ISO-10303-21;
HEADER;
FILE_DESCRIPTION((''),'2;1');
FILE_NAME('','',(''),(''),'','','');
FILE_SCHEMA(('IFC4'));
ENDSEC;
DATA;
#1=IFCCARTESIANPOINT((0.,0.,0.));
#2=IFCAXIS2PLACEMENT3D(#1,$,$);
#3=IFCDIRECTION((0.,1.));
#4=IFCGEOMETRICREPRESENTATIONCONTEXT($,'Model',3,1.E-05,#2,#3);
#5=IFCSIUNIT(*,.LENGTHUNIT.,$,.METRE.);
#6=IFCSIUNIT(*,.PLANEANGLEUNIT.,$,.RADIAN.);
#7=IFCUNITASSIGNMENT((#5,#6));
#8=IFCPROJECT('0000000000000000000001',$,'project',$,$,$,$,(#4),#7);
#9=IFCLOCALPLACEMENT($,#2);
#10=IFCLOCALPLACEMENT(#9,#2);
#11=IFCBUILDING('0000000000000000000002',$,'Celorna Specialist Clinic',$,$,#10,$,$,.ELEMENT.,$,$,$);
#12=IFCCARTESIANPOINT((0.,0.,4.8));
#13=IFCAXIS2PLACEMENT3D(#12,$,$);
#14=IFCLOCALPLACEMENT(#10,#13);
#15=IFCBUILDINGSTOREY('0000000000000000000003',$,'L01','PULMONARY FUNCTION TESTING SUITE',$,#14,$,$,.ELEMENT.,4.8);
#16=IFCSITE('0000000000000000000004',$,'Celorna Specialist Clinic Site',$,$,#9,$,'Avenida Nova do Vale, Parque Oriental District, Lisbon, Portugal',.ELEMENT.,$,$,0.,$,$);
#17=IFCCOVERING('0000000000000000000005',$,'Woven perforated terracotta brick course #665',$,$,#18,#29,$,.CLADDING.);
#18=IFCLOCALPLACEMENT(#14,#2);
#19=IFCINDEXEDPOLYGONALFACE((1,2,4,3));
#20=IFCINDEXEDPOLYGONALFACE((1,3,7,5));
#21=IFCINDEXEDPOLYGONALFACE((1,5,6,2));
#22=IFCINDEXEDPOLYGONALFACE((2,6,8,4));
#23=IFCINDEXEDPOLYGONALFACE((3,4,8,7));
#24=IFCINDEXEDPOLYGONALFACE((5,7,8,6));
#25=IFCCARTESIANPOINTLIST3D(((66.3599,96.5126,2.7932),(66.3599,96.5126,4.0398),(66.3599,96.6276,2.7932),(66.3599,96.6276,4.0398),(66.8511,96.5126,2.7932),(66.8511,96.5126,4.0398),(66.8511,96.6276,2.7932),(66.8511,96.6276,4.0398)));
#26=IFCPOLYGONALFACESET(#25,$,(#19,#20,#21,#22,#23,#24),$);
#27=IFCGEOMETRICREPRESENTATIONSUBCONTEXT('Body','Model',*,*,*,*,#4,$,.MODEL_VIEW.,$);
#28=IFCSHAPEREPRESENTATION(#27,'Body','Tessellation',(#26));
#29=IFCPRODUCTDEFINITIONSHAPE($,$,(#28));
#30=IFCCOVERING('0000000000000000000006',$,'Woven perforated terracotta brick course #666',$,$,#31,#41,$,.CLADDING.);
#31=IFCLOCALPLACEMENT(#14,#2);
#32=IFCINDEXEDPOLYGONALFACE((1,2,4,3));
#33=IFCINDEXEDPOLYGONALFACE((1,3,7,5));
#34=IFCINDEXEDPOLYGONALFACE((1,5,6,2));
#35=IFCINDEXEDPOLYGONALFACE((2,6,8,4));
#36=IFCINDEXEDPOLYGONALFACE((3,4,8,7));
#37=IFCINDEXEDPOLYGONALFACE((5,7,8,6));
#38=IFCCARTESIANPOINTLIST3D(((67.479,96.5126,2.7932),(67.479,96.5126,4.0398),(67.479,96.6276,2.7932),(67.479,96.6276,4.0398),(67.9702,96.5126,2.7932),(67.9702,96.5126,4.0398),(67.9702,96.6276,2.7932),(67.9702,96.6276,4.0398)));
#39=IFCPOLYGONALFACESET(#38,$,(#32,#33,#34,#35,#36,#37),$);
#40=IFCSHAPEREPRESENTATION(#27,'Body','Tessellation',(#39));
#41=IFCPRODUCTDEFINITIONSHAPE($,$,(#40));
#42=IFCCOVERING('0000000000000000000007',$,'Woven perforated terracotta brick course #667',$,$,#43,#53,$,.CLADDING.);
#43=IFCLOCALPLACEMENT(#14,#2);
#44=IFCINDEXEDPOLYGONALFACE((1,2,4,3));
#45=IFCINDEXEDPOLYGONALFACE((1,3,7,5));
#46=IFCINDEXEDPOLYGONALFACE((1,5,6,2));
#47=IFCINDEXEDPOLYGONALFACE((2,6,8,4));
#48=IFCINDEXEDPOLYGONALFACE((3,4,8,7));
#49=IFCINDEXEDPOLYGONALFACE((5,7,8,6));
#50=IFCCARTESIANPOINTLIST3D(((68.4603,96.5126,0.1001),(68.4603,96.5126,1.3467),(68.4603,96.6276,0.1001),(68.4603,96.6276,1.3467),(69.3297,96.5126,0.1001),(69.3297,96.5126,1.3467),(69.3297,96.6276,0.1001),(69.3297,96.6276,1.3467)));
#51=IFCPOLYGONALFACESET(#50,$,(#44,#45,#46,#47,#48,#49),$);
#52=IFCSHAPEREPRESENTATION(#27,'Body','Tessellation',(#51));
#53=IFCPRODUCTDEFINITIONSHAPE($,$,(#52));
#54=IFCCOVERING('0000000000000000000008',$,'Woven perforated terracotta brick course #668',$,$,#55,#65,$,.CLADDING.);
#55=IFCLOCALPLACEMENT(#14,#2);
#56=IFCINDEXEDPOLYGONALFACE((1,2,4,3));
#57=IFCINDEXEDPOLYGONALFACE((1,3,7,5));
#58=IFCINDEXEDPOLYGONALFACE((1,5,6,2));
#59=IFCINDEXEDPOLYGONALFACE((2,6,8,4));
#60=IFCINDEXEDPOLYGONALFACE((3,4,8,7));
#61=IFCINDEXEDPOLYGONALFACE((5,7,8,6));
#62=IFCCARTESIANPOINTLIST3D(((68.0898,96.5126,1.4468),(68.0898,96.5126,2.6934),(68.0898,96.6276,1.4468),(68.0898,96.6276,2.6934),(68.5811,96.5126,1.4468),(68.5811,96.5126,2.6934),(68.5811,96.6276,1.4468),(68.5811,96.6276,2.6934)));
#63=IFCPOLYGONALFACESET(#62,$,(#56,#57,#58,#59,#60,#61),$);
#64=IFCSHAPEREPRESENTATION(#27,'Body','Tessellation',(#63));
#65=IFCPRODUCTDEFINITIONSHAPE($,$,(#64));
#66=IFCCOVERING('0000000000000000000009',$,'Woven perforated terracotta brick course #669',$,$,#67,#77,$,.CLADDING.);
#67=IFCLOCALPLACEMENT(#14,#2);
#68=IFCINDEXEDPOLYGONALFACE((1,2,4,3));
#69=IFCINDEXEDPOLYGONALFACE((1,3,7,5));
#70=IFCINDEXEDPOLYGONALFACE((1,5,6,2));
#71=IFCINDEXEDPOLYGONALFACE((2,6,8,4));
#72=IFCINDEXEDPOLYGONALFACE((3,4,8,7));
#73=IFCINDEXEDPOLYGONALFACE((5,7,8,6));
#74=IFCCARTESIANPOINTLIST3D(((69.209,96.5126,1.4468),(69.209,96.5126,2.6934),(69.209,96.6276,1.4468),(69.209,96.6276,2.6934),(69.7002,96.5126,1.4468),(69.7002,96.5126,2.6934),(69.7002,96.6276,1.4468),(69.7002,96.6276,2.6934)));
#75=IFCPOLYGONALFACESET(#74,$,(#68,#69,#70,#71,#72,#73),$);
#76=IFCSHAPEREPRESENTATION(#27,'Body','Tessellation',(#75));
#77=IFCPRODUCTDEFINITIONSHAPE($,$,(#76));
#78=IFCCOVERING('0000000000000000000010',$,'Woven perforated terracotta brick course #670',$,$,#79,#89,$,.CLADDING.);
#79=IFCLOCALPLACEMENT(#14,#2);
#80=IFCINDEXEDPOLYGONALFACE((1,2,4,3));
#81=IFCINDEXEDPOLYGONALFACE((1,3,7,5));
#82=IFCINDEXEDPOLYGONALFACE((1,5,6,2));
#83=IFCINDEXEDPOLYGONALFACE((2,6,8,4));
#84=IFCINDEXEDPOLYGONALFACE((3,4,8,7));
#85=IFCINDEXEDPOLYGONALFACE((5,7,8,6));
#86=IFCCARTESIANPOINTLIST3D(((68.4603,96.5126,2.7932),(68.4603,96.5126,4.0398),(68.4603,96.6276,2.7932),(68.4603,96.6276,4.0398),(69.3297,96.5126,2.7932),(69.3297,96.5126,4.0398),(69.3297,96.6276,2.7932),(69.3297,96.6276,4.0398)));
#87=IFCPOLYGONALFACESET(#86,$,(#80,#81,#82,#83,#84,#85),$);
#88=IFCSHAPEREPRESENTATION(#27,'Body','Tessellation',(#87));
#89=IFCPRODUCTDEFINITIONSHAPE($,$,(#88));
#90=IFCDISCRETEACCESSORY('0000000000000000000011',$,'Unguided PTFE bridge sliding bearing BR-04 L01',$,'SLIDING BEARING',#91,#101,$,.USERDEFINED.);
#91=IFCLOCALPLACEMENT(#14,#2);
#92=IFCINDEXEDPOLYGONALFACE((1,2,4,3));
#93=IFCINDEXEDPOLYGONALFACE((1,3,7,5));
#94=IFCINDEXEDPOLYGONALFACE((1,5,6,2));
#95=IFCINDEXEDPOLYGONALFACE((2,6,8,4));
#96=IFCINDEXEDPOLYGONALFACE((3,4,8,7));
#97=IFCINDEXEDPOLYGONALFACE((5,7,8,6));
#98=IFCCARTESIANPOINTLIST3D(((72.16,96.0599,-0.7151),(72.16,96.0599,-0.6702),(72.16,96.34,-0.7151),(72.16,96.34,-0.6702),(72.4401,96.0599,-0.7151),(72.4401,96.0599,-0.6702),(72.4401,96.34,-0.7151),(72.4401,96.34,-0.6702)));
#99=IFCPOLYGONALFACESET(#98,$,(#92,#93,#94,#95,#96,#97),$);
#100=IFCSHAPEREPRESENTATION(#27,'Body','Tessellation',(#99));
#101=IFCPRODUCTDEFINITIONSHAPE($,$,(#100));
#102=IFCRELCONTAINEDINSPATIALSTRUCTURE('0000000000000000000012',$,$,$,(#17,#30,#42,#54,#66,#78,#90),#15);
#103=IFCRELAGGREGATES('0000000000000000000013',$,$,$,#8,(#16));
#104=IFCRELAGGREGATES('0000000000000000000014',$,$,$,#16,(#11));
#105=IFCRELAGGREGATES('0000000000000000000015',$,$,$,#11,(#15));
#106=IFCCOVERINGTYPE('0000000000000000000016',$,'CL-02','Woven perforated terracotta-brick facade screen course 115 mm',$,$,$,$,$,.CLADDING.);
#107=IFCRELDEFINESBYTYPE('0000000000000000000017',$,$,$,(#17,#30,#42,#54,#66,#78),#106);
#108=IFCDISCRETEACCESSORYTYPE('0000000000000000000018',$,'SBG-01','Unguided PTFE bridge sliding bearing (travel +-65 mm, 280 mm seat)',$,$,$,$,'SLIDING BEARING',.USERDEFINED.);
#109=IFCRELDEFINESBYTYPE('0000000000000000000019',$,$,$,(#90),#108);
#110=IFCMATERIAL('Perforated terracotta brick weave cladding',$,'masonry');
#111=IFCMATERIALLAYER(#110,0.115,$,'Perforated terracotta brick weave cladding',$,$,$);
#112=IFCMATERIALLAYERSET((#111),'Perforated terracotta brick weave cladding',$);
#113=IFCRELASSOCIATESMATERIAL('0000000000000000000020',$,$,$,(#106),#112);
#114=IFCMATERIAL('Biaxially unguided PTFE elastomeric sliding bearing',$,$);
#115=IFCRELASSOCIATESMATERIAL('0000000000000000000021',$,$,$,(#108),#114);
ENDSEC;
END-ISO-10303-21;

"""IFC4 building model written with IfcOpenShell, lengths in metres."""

from ifc_helpers import new_model, si_unit, direction, frame, origin, origin_2d, place, context, subcontext, project, spatial, rectangle, extrude, material, layer, layer_set, type_object, element, save


model = new_model("IFC4")

# Units and contexts
model_context = context("Model", 3, precision=1e-05, world=origin(), true_north=direction((0.0, 1.0)))
body_context = subcontext(model_context, "Body", "Model", "MODEL_VIEW")
ifc_project = project(units=[si_unit("LENGTHUNIT", "METRE"), si_unit("PLANEANGLEUNIT", "RADIAN")], contexts=[model_context])

# Site, building, storey
site_placement = place(None, origin())
site = spatial("IfcSite", under=ifc_project, at=site_placement, Name="Celorna Specialist Clinic Site", LongName="Avenida Nova do Vale, Parque Oriental District, Lisbon, Portugal", CompositionType="ELEMENT", RefElevation=0.0)
building_placement = place(site_placement, origin())
building = spatial("IfcBuilding", under=site, at=building_placement, Name="Celorna Specialist Clinic", CompositionType="ELEMENT")
storey_placement = place(building_placement, frame((0.0, 0.0, 4.8)))
storey = spatial("IfcBuildingStorey", under=building, at=storey_placement, Name="L01", Description="PULMONARY FUNCTION TESTING SUITE", CompositionType="ELEMENT", Elevation=4.8)

# Coverings
ifc_material_1 = material(Name="Perforated terracotta brick weave cladding", Category="masonry")
ifc_layer_1 = layer(ifc_material_1, 0.115, Name="Perforated terracotta brick weave cladding")
ifc_layer_set_1 = layer_set([ifc_layer_1], Name="Perforated terracotta brick weave cladding")
covering_type = type_object("IfcCoveringType", Name="CL-02", Description="Woven perforated terracotta-brick facade screen course 115 mm", PredefinedType="CLADDING", material=ifc_layer_set_1)
for number, where, z_axis, x_axis, name in (
    (1, (66.6055, 96.5701, 2.7932), (0.0, 0.0, 1.0), (1.0, 0.0, 0.0), "Woven perforated terracotta brick course #665"),
    (2, (67.7246, 96.5701, 2.7932), (0.0, 0.0, 1.0), (1.0, 0.0, 0.0), "Woven perforated terracotta brick course #666"),
):
    element("IfcCovering", number, at=place(storey_placement, frame(where, z_axis=z_axis, x_axis=x_axis)), inside=storey, type_object=covering_type, Name=name, PredefinedType="CLADDING", context=body_context, shape_type="SweptSolid", body=[
        extrude(rectangle(XDim=0.4912, YDim=0.115, at=origin_2d()), origin(), (0.0, 0.0, 1.0), 1.2466),
    ])
covering_1_placement = place(storey_placement, frame((68.895, 96.5701, 0.1001), z_axis=(0.0, 0.0, 1.0), x_axis=(1.0, 0.0, 0.0)))
element("IfcCovering", 3, at=covering_1_placement, inside=storey, type_object=covering_type, Name="Woven perforated terracotta brick course #667", PredefinedType="CLADDING", context=body_context, shape_type="SweptSolid", body=[
    extrude(rectangle(XDim=0.8694, YDim=0.115, at=origin_2d()), origin(), (0.0, 0.0, 1.0), 1.2466),
])
for number, where, z_axis, x_axis, name in (
    (4, (68.3354, 96.5701, 1.4468), (0.0, 0.0, 1.0), (1.0, 0.0, 0.0), "Woven perforated terracotta brick course #668"),
    (5, (69.4546, 96.5701, 1.4468), (0.0, 0.0, 1.0), (1.0, 0.0, 0.0), "Woven perforated terracotta brick course #669"),
):
    element("IfcCovering", number, at=place(storey_placement, frame(where, z_axis=z_axis, x_axis=x_axis)), inside=storey, type_object=covering_type, Name=name, PredefinedType="CLADDING", context=body_context, shape_type="SweptSolid", body=[
        extrude(rectangle(XDim=0.4912, YDim=0.115, at=origin_2d()), origin(), (0.0, 0.0, 1.0), 1.2466),
    ])
covering_2_placement = place(storey_placement, frame((68.895, 96.5701, 2.7932), z_axis=(0.0, 0.0, 1.0), x_axis=(1.0, 0.0, 0.0)))
element("IfcCovering", 6, at=covering_2_placement, inside=storey, type_object=covering_type, Name="Woven perforated terracotta brick course #670", PredefinedType="CLADDING", context=body_context, shape_type="SweptSolid", body=[
    extrude(rectangle(XDim=0.8694, YDim=0.115, at=origin_2d()), origin(), (0.0, 0.0, 1.0), 1.2466),
])

# Discrete accessory
ifc_material_2 = material(Name="Biaxially unguided PTFE elastomeric sliding bearing")
discrete_accessory_type = type_object("IfcDiscreteAccessoryType", Name="SBG-01", Description="Unguided PTFE bridge sliding bearing (travel +-65 mm, 280 mm seat)", ElementType="SLIDING BEARING", PredefinedType="USERDEFINED", material=ifc_material_2)
discrete_accessory_placement = place(storey_placement, frame((72.3, 96.2, -0.7151), z_axis=(0.0, 0.0, 1.0), x_axis=(1.0, 0.0, 0.0)))
element("IfcDiscreteAccessory", 7, at=discrete_accessory_placement, inside=storey, type_object=discrete_accessory_type, Name="Unguided PTFE bridge sliding bearing BR-04 L01", ObjectType="SLIDING BEARING", PredefinedType="USERDEFINED", context=body_context, shape_type="SweptSolid", body=[
    extrude(rectangle(XDim=0.28, YDim=0.28, at=origin_2d()), origin(), (0.0, 0.0, 1.0), 0.0449),
])

save(model, "model.ifc")
